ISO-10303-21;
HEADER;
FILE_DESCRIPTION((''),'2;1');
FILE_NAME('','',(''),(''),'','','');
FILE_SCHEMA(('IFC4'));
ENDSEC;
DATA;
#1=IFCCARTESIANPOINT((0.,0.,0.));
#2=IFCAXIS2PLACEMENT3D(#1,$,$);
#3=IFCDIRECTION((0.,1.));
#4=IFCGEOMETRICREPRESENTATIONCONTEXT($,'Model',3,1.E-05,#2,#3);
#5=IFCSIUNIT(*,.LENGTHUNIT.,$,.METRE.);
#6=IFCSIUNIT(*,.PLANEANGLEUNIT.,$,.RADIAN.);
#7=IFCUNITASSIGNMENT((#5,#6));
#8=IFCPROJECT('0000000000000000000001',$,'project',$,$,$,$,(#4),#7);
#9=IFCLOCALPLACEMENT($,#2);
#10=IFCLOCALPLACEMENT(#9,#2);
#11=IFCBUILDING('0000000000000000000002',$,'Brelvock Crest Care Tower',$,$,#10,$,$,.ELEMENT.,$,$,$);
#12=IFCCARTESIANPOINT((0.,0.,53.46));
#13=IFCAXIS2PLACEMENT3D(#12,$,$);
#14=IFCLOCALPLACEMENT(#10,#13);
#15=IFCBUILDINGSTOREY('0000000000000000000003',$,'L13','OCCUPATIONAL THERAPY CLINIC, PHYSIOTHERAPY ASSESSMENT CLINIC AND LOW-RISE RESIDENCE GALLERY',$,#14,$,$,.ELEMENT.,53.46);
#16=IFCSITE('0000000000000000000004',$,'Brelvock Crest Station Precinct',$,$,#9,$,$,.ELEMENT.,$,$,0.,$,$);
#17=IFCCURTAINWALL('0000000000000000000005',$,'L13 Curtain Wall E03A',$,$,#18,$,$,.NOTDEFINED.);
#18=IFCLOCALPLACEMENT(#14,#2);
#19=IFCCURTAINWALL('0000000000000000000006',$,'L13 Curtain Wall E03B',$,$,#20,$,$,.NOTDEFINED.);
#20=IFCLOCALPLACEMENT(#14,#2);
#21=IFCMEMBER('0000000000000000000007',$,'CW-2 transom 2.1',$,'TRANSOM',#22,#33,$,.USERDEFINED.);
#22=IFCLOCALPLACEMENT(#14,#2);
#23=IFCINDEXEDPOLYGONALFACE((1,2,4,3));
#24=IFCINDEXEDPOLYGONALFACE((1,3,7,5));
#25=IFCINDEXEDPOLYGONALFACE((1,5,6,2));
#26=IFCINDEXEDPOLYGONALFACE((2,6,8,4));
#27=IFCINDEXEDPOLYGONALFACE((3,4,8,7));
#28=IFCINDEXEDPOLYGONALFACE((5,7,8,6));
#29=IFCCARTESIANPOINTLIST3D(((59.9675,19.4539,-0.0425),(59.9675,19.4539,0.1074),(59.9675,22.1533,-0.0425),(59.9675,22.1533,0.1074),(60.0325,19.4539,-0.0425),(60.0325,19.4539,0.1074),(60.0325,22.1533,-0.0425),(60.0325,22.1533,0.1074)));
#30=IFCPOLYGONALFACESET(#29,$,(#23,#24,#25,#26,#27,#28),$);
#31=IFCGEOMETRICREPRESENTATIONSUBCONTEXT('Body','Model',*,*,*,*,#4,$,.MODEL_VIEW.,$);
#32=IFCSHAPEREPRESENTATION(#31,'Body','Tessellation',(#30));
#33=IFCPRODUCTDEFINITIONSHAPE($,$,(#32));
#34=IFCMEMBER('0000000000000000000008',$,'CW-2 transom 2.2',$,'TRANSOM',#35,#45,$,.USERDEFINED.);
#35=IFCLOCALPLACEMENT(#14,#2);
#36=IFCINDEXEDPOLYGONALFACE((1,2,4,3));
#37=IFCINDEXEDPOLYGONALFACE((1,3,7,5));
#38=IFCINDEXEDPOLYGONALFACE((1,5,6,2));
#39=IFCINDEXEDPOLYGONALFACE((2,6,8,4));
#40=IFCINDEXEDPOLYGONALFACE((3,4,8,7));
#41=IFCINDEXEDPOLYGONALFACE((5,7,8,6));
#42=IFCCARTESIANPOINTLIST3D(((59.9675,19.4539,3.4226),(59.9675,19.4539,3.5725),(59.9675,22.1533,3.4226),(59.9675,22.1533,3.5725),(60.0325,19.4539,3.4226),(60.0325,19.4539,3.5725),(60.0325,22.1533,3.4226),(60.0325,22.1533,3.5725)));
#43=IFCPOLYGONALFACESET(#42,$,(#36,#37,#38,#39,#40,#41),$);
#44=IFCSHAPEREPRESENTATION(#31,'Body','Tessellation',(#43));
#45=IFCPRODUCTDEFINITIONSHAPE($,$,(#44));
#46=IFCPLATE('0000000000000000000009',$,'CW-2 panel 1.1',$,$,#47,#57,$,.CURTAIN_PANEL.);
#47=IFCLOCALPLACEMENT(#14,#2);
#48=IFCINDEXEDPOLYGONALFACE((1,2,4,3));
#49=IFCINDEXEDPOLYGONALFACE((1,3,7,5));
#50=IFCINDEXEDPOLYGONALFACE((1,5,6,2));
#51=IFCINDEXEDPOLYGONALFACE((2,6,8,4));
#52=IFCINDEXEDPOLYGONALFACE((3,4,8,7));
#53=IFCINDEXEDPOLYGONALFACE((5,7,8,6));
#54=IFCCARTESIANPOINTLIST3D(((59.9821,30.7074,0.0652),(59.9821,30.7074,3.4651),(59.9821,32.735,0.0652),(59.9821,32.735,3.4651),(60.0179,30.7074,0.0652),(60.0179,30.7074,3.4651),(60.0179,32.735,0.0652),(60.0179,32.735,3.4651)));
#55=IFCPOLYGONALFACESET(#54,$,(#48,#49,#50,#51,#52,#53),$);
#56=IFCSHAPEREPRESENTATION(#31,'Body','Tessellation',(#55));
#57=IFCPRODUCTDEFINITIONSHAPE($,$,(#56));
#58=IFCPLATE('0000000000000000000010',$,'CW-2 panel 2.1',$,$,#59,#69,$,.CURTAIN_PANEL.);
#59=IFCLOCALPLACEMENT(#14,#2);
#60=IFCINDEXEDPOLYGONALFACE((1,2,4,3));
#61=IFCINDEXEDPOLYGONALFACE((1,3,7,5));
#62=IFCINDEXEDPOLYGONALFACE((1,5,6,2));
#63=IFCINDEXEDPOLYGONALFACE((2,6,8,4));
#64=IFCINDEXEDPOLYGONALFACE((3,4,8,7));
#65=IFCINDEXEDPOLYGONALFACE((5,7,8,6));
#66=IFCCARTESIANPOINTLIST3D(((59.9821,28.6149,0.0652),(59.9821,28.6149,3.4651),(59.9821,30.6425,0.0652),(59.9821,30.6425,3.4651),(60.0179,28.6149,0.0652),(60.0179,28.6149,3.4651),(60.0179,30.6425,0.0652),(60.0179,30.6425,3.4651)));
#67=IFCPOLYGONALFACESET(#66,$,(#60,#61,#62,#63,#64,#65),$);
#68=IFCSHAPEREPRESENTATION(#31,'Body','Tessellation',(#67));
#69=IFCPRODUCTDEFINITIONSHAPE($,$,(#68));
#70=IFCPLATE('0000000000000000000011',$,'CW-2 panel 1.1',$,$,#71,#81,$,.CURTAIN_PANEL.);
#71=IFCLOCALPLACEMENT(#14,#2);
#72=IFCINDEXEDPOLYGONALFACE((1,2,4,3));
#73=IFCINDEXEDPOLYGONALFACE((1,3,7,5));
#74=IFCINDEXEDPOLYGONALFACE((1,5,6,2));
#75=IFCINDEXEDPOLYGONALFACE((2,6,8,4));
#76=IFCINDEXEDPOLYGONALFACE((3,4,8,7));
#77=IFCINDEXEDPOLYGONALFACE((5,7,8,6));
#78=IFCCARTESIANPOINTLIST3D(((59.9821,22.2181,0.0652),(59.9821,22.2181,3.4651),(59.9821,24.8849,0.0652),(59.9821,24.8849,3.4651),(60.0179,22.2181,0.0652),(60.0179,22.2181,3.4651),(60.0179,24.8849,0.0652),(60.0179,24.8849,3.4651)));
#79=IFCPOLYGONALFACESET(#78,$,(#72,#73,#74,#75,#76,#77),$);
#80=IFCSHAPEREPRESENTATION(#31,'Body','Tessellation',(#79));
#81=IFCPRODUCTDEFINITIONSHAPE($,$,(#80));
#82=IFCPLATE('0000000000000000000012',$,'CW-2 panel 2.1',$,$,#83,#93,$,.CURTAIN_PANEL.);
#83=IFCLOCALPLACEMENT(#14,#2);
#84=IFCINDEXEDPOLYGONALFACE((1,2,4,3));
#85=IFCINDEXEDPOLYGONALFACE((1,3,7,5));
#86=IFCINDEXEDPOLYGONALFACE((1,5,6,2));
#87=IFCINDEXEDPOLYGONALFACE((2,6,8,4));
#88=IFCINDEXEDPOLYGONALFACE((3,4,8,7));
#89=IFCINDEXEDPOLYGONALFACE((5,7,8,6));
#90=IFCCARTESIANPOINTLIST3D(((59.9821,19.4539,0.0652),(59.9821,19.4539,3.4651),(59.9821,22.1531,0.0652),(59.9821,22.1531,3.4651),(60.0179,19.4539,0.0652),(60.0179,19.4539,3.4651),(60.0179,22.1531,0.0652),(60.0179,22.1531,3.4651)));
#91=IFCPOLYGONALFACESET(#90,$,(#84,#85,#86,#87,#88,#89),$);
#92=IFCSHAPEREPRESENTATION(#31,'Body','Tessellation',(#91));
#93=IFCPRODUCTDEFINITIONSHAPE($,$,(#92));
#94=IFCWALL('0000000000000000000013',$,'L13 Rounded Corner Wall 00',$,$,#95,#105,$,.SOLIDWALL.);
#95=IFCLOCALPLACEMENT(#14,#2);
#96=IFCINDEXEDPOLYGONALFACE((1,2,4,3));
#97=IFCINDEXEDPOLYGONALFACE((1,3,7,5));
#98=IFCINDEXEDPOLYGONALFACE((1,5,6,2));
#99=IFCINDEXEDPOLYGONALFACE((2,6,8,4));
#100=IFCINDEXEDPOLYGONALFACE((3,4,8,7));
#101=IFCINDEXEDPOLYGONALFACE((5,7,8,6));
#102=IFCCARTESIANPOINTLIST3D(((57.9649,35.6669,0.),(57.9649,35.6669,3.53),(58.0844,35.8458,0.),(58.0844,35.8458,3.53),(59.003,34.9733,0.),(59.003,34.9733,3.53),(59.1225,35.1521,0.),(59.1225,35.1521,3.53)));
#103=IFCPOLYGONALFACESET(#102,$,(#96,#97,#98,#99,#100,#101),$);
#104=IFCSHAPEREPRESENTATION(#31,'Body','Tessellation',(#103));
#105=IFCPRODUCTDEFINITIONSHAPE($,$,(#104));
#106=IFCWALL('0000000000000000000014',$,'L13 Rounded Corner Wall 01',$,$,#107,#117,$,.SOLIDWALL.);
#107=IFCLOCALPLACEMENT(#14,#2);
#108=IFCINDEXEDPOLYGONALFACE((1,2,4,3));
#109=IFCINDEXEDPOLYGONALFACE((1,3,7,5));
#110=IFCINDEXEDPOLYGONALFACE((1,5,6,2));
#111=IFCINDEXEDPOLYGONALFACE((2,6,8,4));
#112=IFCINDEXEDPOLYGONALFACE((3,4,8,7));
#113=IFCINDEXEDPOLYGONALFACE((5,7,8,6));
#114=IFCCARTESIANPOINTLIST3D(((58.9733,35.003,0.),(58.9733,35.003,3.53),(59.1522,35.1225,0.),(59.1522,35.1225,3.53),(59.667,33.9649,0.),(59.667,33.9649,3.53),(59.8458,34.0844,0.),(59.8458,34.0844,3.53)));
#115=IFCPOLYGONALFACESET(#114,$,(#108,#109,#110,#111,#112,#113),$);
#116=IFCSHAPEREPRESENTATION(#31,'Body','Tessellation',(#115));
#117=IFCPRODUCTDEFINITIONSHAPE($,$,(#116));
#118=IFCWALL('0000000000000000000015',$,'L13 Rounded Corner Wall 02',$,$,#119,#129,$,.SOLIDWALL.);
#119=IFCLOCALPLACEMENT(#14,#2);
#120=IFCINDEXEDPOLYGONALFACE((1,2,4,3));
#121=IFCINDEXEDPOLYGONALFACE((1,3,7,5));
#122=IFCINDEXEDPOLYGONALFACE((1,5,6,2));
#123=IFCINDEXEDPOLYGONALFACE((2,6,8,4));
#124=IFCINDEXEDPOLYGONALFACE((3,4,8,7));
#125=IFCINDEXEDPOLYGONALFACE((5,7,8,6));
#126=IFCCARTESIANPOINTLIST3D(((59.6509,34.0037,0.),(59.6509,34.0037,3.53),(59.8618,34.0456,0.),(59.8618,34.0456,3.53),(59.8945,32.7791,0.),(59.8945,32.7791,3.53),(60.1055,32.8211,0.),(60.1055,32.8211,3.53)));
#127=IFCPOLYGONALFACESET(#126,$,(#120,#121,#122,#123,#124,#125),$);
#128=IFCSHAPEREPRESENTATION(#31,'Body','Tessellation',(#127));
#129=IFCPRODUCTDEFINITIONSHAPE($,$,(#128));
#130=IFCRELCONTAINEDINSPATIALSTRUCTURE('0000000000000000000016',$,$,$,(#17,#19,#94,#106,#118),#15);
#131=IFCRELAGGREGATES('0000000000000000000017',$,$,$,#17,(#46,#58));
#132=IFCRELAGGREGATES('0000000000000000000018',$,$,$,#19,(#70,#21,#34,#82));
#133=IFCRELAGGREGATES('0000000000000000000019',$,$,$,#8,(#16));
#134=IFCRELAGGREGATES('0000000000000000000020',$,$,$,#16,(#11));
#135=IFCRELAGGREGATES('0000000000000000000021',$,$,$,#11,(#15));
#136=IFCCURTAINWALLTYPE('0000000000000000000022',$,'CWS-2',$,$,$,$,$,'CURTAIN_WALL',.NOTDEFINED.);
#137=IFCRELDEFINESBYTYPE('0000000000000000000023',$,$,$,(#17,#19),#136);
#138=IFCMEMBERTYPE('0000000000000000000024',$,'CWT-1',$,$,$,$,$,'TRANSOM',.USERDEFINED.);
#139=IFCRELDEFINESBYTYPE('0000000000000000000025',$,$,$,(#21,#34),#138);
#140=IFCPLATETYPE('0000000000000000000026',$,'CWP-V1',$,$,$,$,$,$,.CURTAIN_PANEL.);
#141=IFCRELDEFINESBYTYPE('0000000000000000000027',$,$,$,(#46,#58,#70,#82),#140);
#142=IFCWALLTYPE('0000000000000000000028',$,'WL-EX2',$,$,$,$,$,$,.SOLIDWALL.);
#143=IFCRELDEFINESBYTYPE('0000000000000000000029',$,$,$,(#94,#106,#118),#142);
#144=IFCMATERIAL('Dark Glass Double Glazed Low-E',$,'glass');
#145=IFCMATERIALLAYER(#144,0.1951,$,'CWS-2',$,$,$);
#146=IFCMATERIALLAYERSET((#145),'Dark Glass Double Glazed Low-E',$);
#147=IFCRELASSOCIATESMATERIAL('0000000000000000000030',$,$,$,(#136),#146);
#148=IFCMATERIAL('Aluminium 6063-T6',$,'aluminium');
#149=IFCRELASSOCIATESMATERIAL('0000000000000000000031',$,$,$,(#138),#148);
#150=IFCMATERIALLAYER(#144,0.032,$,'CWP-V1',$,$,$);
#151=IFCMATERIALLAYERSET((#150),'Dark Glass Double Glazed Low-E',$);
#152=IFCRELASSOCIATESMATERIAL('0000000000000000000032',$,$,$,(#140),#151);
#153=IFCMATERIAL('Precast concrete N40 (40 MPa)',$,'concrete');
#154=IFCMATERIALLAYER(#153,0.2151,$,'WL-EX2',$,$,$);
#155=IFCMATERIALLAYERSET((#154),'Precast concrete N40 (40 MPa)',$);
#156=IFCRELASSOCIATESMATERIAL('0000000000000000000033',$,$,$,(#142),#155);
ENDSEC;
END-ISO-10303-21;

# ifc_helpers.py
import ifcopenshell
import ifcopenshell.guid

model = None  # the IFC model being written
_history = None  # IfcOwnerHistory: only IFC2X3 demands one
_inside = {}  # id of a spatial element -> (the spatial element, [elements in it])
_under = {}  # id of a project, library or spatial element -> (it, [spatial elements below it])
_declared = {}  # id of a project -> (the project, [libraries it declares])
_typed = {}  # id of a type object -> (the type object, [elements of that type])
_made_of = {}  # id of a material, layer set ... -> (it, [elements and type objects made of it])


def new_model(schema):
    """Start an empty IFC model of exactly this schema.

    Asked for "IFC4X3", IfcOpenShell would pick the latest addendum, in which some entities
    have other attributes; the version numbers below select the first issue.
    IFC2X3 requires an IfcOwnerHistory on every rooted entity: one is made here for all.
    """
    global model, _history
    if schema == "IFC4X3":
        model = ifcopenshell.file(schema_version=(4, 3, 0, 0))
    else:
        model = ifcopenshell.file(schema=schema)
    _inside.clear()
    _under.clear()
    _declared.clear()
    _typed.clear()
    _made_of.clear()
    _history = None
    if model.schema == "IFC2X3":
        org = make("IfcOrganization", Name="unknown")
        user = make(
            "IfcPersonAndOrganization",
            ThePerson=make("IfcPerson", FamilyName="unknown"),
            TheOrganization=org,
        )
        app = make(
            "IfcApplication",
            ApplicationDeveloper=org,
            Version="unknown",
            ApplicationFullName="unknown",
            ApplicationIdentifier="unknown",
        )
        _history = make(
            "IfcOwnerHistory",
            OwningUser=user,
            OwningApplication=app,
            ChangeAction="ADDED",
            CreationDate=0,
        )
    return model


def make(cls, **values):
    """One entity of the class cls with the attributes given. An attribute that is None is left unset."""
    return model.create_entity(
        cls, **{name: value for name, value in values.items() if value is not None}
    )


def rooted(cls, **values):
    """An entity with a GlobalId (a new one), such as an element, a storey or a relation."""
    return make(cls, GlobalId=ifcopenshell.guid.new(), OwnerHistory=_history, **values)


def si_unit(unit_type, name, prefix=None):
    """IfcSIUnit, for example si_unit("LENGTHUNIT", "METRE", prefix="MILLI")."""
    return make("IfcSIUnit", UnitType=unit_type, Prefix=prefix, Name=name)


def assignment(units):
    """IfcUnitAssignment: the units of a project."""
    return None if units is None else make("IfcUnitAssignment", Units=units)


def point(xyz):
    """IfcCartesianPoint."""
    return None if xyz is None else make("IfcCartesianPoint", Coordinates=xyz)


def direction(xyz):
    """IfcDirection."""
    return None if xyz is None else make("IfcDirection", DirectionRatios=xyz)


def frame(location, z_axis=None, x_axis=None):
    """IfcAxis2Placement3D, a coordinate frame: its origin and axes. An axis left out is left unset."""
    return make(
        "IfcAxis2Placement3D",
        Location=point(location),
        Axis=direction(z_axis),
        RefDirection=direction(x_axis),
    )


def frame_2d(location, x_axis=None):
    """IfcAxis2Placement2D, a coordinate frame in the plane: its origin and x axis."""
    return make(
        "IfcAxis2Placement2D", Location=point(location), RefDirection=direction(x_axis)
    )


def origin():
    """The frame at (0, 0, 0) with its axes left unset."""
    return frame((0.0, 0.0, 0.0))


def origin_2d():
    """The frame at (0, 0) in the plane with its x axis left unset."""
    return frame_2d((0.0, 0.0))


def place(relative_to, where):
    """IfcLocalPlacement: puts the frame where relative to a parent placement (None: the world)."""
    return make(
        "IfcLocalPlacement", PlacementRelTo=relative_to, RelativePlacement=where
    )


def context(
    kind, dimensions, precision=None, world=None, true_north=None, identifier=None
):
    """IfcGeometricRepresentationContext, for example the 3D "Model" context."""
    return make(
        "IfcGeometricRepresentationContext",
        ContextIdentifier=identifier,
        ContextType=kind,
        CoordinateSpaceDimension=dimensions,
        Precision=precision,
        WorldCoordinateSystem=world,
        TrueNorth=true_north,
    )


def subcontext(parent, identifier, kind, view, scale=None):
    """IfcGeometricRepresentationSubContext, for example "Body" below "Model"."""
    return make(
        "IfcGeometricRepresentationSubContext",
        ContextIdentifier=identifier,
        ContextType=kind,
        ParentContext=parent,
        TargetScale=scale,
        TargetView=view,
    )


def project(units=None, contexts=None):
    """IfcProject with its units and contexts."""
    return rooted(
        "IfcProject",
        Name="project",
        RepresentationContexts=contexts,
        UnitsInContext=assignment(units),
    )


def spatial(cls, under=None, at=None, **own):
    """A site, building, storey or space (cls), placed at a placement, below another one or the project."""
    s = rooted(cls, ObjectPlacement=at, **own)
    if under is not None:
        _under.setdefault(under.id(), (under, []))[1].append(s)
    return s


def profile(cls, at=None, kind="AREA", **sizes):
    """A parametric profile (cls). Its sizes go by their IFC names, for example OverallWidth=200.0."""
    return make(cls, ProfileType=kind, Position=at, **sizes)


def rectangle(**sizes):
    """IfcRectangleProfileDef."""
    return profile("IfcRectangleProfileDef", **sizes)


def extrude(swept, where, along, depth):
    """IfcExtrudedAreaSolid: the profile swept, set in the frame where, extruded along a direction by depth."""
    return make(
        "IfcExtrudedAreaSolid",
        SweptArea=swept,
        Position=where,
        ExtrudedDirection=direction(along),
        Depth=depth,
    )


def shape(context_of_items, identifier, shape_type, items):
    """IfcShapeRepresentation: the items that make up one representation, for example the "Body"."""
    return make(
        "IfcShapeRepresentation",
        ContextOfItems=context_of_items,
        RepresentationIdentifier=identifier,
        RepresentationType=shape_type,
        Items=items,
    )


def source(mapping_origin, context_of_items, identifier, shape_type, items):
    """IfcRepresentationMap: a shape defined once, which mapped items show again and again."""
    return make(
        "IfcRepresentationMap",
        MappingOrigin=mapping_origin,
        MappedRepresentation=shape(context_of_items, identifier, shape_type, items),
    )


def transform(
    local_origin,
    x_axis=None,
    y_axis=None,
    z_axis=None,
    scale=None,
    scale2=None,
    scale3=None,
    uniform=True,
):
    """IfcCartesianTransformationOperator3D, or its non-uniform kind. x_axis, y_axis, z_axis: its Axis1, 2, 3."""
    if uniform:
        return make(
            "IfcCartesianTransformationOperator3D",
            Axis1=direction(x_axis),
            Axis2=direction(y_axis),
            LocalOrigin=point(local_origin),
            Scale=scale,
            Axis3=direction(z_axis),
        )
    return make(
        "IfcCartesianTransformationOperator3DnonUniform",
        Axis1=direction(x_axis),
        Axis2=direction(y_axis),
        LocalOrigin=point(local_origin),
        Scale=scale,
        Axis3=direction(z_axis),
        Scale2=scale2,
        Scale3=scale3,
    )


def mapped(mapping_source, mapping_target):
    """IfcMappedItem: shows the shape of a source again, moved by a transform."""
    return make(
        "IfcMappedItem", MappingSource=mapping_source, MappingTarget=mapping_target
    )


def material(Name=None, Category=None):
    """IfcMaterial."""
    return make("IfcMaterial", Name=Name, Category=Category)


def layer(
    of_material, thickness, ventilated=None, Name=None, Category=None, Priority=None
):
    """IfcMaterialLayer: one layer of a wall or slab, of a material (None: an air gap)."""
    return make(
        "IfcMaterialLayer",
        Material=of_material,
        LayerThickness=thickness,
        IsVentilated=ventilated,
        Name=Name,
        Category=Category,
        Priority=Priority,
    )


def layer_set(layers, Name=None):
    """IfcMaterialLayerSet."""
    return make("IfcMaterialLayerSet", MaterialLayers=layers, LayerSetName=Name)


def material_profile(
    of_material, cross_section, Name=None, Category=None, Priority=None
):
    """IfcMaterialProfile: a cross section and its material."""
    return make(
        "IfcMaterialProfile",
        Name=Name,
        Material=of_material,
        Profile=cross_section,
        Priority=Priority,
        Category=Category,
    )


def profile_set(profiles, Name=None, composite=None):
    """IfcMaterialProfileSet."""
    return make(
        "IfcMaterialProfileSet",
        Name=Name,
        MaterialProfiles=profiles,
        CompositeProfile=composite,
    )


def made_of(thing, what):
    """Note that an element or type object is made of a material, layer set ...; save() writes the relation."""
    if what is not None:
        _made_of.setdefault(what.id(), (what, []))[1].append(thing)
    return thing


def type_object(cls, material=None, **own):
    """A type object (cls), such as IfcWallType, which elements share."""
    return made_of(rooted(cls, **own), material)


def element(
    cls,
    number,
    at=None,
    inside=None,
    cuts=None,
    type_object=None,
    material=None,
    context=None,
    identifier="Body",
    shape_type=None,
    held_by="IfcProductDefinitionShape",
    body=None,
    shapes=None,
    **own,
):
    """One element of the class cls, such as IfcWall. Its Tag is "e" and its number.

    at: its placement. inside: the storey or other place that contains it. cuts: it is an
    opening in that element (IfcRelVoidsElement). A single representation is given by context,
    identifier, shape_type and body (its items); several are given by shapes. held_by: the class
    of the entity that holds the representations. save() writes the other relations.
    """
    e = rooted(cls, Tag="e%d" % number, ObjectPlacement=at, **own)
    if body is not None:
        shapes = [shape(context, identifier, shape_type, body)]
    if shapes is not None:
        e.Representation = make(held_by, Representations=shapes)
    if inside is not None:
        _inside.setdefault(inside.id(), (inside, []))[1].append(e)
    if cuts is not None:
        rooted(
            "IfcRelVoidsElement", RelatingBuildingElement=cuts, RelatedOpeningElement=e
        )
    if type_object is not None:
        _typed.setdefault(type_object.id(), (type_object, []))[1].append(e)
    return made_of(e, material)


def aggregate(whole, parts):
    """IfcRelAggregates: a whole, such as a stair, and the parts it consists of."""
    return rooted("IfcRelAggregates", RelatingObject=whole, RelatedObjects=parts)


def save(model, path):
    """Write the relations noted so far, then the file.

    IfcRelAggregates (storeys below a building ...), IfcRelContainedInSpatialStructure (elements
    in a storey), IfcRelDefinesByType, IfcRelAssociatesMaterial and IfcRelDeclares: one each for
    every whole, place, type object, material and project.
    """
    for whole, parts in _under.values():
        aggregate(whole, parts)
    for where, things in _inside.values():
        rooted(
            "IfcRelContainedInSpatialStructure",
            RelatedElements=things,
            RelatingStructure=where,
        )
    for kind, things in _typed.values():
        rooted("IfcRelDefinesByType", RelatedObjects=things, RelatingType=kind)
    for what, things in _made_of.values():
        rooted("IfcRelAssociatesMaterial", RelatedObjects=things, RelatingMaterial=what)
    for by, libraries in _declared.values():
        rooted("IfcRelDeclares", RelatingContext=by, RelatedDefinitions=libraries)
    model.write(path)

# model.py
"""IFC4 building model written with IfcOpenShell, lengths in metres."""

from ifc_helpers import new_model, si_unit, direction, frame, frame_2d, origin, origin_2d, place, context, subcontext, project, spatial, rectangle, extrude, source, transform, mapped, material, layer, layer_set, material_profile, profile_set, type_object, element, aggregate, save


model = new_model("IFC4")

# Units and contexts
model_context = context("Model", 3, precision=1e-05, world=origin(), true_north=direction((0.0, 1.0)))
body_context = subcontext(model_context, "Body", "Model", "MODEL_VIEW")
ifc_project = project(units=[si_unit("LENGTHUNIT", "METRE"), si_unit("PLANEANGLEUNIT", "RADIAN")], contexts=[model_context])

# Site, building, storey
site_placement = place(None, origin())
site = spatial("IfcSite", under=ifc_project, at=site_placement, Name="Brelvock Crest Station Precinct", CompositionType="ELEMENT", RefElevation=0.0)
building_placement = place(site_placement, origin())
building = spatial("IfcBuilding", under=site, at=building_placement, Name="Brelvock Crest Care Tower", CompositionType="ELEMENT")
storey_placement = place(building_placement, frame((0.0, 0.0, 53.46)))
storey = spatial("IfcBuildingStorey", under=building, at=storey_placement, Name="L13", Description="OCCUPATIONAL THERAPY CLINIC, PHYSIOTHERAPY ASSESSMENT CLINIC AND LOW-RISE RESIDENCE GALLERY", CompositionType="ELEMENT", Elevation=53.46)

# Curtain walls
ifc_material_1 = material(Name="Dark Glass Double Glazed Low-E", Category="glass")
ifc_layer_1 = layer(ifc_material_1, 0.1951, Name="CWS-2")
ifc_layer_set_1 = layer_set([ifc_layer_1], Name="Dark Glass Double Glazed Low-E")
curtain_wall_type = type_object("IfcCurtainWallType", Name="CWS-2", ElementType="CURTAIN_WALL", PredefinedType="NOTDEFINED", material=ifc_layer_set_1)
curtain_wall_1_placement = place(storey_placement, origin())
curtain_wall_1 = element("IfcCurtainWall", 1, at=curtain_wall_1_placement, inside=storey, type_object=curtain_wall_type, Name="L13 Curtain Wall E03A", PredefinedType="NOTDEFINED")
ifc_material_2 = material(Name="Aluminium 6063-T6", Category="aluminium")
curtain_wall_2_placement = place(storey_placement, origin())
curtain_wall_2 = element("IfcCurtainWall", 2, at=curtain_wall_2_placement, inside=storey, type_object=curtain_wall_type, Name="L13 Curtain Wall E03B", PredefinedType="NOTDEFINED")

# Members
ifc_material_profile_1 = material_profile(ifc_material_2, rectangle(XDim=0.0649, YDim=0.1499, at=origin_2d()), Name="ALU65x150")
ifc_profile_set_1 = profile_set([ifc_material_profile_1], Name="Aluminium 6063-T6")
member_type_1 = type_object("IfcMemberType", Name="CWT-1", ElementType="TRANSOM", PredefinedType="USERDEFINED", material=ifc_profile_set_1)
shared_shape_1 = source(origin(), body_context, "Body", "SweptSolid", [
    extrude(rectangle(XDim=0.0649, YDim=0.1499, at=origin_2d()), origin(), (0.0, 0.0, 1.0), 2.6995),
])
member_1_placement = place(storey_placement, frame((60.0, 22.1533, 0.0325), z_axis=(0.0, -1.0, 0.0), x_axis=(1.0, 0.0, 0.0)))
member_1 = element("IfcMember", 3, at=member_1_placement, type_object=member_type_1, Name="CW-2 transom 2.1", ObjectType="TRANSOM", PredefinedType="USERDEFINED", context=body_context, shape_type="MappedRepresentation", body=[
    mapped(shared_shape_1, transform((0.0, 0.0, 0.0), x_axis=(1.0, 0.0, 0.0), y_axis=(0.0, 1.0, 0.0), z_axis=(0.0, 0.0, 1.0), scale=1.0)),
])
member_2_placement = place(storey_placement, frame((60.0, 22.1533, 3.4976), z_axis=(0.0, -1.0, 0.0), x_axis=(1.0, 0.0, 0.0)))
member_2 = element("IfcMember", 4, at=member_2_placement, type_object=member_type_1, Name="CW-2 transom 2.2", ObjectType="TRANSOM", PredefinedType="USERDEFINED", context=body_context, shape_type="MappedRepresentation", body=[
    mapped(shared_shape_1, transform((0.0, 0.0, 0.0), x_axis=(1.0, 0.0, 0.0), y_axis=(0.0, 1.0, 0.0), z_axis=(0.0, 0.0, 1.0), scale=1.0)),
])

# Plates
ifc_layer_2 = layer(ifc_material_1, 0.032, Name="CWP-V1")
ifc_layer_set_2 = layer_set([ifc_layer_2], Name="Dark Glass Double Glazed Low-E")
plate_type = type_object("IfcPlateType", Name="CWP-V1", PredefinedType="CURTAIN_PANEL", material=ifc_layer_set_2)
shared_shape_2 = source(origin(), body_context, "Body", "SweptSolid", [
    extrude(rectangle(XDim=2.0276, YDim=0.0359, at=origin_2d()), origin(), (0.0, 0.0, 1.0), 3.3999),
])
plate_1_placement = place(storey_placement, frame((60.0, 31.7212, 0.0652), z_axis=(0.0, 0.0, 1.0), x_axis=(0.0, -1.0, 0.0)))
plate_1 = element("IfcPlate", 5, at=plate_1_placement, type_object=plate_type, Name="CW-2 panel 1.1", PredefinedType="CURTAIN_PANEL", context=body_context, shape_type="MappedRepresentation", body=[
    mapped(shared_shape_2, transform((0.0, 0.0, 0.0), x_axis=(1.0, 0.0, 0.0), y_axis=(0.0, 1.0, 0.0), z_axis=(0.0, 0.0, 1.0), scale=1.0)),
])
plate_2_placement = place(storey_placement, frame((60.0, 29.6287, 0.0652), z_axis=(0.0, 0.0, 1.0), x_axis=(0.0, -1.0, 0.0)))
plate_2 = element("IfcPlate", 6, at=plate_2_placement, type_object=plate_type, Name="CW-2 panel 2.1", PredefinedType="CURTAIN_PANEL", context=body_context, shape_type="MappedRepresentation", body=[
    mapped(shared_shape_2, transform((0.0, 0.0, 0.0), x_axis=(1.0, 0.0, 0.0), y_axis=(0.0, 1.0, 0.0), z_axis=(0.0, 0.0, 1.0), scale=1.0)),
])
aggregate(curtain_wall_1, [plate_1, plate_2])
shared_shape_3 = source(origin(), body_context, "Body", "SweptSolid", [
    extrude(rectangle(XDim=2.6667, YDim=0.0359, at=origin_2d()), origin(), (0.0, 0.0, 1.0), 3.3999),
])
plate_3_placement = place(storey_placement, frame((60.0, 23.5515, 0.0652), z_axis=(0.0, 0.0, 1.0), x_axis=(0.0, -1.0, 0.0)))
plate_3 = element("IfcPlate", 7, at=plate_3_placement, type_object=plate_type, Name="CW-2 panel 1.1", PredefinedType="CURTAIN_PANEL", context=body_context, shape_type="MappedRepresentation", body=[
    mapped(shared_shape_3, transform((0.0, 0.0, 0.0), x_axis=(1.0, 0.0, 0.0), y_axis=(0.0, 1.0, 0.0), z_axis=(0.0, 0.0, 1.0), scale=1.0)),
])
shared_shape_4 = source(origin(), body_context, "Body", "SweptSolid", [
    extrude(rectangle(XDim=2.6992, YDim=0.0359, at=origin_2d()), origin(), (0.0, 0.0, 1.0), 3.3999),
])
plate_4_placement = place(storey_placement, frame((60.0, 20.8035, 0.0652), z_axis=(0.0, 0.0, 1.0), x_axis=(0.0, -1.0, 0.0)))
plate_4 = element("IfcPlate", 8, at=plate_4_placement, type_object=plate_type, Name="CW-2 panel 2.1", PredefinedType="CURTAIN_PANEL", context=body_context, shape_type="MappedRepresentation", body=[
    mapped(shared_shape_4, transform((0.0, 0.0, 0.0), x_axis=(1.0, 0.0, 0.0), y_axis=(0.0, 1.0, 0.0), z_axis=(0.0, 0.0, 1.0), scale=1.0)),
])
aggregate(curtain_wall_2, [plate_3, member_1, member_2, plate_4])

# Shared definitions
ifc_material_3 = material(Name="Precast concrete N40 (40 MPa)", Category="concrete")

# Walls
ifc_layer_3 = layer(ifc_material_3, 0.2151, Name="WL-EX2")
ifc_layer_set_3 = layer_set([ifc_layer_3], Name="Precast concrete N40 (40 MPa)")
wall_type_1 = type_object("IfcWallType", Name="WL-EX2", PredefinedType="SOLIDWALL", material=ifc_layer_set_3)
for number, where, z_axis, x_axis, name in (
    (9, (58.0247, 35.7563, 0.0), (0.0, 0.0, 1.0), (0.831478, -0.555557, 0.0), "L13 Rounded Corner Wall 00"),
    (10, (59.0627, 35.0627, 0.0), (0.0, 0.0, 1.0), (0.555557, -0.831478, 0.0), "L13 Rounded Corner Wall 01"),
    (11, (59.7563, 34.0247, 0.0), (0.0, 0.0, 1.0), (0.195138, -0.980776, 0.0), "L13 Rounded Corner Wall 02"),
):
    element("IfcWall", number, at=place(storey_placement, frame(where, z_axis=z_axis, x_axis=x_axis)), inside=storey, type_object=wall_type_1, Name=name, PredefinedType="SOLIDWALL", context=body_context, shape_type="SweptSolid", body=[
        extrude(rectangle(XDim=1.2485, YDim=0.2151, at=frame_2d((0.6243, 0.0))), origin(), (0.0, 0.0, 1.0), 3.53),
    ])

save(model, "model.ifc")
